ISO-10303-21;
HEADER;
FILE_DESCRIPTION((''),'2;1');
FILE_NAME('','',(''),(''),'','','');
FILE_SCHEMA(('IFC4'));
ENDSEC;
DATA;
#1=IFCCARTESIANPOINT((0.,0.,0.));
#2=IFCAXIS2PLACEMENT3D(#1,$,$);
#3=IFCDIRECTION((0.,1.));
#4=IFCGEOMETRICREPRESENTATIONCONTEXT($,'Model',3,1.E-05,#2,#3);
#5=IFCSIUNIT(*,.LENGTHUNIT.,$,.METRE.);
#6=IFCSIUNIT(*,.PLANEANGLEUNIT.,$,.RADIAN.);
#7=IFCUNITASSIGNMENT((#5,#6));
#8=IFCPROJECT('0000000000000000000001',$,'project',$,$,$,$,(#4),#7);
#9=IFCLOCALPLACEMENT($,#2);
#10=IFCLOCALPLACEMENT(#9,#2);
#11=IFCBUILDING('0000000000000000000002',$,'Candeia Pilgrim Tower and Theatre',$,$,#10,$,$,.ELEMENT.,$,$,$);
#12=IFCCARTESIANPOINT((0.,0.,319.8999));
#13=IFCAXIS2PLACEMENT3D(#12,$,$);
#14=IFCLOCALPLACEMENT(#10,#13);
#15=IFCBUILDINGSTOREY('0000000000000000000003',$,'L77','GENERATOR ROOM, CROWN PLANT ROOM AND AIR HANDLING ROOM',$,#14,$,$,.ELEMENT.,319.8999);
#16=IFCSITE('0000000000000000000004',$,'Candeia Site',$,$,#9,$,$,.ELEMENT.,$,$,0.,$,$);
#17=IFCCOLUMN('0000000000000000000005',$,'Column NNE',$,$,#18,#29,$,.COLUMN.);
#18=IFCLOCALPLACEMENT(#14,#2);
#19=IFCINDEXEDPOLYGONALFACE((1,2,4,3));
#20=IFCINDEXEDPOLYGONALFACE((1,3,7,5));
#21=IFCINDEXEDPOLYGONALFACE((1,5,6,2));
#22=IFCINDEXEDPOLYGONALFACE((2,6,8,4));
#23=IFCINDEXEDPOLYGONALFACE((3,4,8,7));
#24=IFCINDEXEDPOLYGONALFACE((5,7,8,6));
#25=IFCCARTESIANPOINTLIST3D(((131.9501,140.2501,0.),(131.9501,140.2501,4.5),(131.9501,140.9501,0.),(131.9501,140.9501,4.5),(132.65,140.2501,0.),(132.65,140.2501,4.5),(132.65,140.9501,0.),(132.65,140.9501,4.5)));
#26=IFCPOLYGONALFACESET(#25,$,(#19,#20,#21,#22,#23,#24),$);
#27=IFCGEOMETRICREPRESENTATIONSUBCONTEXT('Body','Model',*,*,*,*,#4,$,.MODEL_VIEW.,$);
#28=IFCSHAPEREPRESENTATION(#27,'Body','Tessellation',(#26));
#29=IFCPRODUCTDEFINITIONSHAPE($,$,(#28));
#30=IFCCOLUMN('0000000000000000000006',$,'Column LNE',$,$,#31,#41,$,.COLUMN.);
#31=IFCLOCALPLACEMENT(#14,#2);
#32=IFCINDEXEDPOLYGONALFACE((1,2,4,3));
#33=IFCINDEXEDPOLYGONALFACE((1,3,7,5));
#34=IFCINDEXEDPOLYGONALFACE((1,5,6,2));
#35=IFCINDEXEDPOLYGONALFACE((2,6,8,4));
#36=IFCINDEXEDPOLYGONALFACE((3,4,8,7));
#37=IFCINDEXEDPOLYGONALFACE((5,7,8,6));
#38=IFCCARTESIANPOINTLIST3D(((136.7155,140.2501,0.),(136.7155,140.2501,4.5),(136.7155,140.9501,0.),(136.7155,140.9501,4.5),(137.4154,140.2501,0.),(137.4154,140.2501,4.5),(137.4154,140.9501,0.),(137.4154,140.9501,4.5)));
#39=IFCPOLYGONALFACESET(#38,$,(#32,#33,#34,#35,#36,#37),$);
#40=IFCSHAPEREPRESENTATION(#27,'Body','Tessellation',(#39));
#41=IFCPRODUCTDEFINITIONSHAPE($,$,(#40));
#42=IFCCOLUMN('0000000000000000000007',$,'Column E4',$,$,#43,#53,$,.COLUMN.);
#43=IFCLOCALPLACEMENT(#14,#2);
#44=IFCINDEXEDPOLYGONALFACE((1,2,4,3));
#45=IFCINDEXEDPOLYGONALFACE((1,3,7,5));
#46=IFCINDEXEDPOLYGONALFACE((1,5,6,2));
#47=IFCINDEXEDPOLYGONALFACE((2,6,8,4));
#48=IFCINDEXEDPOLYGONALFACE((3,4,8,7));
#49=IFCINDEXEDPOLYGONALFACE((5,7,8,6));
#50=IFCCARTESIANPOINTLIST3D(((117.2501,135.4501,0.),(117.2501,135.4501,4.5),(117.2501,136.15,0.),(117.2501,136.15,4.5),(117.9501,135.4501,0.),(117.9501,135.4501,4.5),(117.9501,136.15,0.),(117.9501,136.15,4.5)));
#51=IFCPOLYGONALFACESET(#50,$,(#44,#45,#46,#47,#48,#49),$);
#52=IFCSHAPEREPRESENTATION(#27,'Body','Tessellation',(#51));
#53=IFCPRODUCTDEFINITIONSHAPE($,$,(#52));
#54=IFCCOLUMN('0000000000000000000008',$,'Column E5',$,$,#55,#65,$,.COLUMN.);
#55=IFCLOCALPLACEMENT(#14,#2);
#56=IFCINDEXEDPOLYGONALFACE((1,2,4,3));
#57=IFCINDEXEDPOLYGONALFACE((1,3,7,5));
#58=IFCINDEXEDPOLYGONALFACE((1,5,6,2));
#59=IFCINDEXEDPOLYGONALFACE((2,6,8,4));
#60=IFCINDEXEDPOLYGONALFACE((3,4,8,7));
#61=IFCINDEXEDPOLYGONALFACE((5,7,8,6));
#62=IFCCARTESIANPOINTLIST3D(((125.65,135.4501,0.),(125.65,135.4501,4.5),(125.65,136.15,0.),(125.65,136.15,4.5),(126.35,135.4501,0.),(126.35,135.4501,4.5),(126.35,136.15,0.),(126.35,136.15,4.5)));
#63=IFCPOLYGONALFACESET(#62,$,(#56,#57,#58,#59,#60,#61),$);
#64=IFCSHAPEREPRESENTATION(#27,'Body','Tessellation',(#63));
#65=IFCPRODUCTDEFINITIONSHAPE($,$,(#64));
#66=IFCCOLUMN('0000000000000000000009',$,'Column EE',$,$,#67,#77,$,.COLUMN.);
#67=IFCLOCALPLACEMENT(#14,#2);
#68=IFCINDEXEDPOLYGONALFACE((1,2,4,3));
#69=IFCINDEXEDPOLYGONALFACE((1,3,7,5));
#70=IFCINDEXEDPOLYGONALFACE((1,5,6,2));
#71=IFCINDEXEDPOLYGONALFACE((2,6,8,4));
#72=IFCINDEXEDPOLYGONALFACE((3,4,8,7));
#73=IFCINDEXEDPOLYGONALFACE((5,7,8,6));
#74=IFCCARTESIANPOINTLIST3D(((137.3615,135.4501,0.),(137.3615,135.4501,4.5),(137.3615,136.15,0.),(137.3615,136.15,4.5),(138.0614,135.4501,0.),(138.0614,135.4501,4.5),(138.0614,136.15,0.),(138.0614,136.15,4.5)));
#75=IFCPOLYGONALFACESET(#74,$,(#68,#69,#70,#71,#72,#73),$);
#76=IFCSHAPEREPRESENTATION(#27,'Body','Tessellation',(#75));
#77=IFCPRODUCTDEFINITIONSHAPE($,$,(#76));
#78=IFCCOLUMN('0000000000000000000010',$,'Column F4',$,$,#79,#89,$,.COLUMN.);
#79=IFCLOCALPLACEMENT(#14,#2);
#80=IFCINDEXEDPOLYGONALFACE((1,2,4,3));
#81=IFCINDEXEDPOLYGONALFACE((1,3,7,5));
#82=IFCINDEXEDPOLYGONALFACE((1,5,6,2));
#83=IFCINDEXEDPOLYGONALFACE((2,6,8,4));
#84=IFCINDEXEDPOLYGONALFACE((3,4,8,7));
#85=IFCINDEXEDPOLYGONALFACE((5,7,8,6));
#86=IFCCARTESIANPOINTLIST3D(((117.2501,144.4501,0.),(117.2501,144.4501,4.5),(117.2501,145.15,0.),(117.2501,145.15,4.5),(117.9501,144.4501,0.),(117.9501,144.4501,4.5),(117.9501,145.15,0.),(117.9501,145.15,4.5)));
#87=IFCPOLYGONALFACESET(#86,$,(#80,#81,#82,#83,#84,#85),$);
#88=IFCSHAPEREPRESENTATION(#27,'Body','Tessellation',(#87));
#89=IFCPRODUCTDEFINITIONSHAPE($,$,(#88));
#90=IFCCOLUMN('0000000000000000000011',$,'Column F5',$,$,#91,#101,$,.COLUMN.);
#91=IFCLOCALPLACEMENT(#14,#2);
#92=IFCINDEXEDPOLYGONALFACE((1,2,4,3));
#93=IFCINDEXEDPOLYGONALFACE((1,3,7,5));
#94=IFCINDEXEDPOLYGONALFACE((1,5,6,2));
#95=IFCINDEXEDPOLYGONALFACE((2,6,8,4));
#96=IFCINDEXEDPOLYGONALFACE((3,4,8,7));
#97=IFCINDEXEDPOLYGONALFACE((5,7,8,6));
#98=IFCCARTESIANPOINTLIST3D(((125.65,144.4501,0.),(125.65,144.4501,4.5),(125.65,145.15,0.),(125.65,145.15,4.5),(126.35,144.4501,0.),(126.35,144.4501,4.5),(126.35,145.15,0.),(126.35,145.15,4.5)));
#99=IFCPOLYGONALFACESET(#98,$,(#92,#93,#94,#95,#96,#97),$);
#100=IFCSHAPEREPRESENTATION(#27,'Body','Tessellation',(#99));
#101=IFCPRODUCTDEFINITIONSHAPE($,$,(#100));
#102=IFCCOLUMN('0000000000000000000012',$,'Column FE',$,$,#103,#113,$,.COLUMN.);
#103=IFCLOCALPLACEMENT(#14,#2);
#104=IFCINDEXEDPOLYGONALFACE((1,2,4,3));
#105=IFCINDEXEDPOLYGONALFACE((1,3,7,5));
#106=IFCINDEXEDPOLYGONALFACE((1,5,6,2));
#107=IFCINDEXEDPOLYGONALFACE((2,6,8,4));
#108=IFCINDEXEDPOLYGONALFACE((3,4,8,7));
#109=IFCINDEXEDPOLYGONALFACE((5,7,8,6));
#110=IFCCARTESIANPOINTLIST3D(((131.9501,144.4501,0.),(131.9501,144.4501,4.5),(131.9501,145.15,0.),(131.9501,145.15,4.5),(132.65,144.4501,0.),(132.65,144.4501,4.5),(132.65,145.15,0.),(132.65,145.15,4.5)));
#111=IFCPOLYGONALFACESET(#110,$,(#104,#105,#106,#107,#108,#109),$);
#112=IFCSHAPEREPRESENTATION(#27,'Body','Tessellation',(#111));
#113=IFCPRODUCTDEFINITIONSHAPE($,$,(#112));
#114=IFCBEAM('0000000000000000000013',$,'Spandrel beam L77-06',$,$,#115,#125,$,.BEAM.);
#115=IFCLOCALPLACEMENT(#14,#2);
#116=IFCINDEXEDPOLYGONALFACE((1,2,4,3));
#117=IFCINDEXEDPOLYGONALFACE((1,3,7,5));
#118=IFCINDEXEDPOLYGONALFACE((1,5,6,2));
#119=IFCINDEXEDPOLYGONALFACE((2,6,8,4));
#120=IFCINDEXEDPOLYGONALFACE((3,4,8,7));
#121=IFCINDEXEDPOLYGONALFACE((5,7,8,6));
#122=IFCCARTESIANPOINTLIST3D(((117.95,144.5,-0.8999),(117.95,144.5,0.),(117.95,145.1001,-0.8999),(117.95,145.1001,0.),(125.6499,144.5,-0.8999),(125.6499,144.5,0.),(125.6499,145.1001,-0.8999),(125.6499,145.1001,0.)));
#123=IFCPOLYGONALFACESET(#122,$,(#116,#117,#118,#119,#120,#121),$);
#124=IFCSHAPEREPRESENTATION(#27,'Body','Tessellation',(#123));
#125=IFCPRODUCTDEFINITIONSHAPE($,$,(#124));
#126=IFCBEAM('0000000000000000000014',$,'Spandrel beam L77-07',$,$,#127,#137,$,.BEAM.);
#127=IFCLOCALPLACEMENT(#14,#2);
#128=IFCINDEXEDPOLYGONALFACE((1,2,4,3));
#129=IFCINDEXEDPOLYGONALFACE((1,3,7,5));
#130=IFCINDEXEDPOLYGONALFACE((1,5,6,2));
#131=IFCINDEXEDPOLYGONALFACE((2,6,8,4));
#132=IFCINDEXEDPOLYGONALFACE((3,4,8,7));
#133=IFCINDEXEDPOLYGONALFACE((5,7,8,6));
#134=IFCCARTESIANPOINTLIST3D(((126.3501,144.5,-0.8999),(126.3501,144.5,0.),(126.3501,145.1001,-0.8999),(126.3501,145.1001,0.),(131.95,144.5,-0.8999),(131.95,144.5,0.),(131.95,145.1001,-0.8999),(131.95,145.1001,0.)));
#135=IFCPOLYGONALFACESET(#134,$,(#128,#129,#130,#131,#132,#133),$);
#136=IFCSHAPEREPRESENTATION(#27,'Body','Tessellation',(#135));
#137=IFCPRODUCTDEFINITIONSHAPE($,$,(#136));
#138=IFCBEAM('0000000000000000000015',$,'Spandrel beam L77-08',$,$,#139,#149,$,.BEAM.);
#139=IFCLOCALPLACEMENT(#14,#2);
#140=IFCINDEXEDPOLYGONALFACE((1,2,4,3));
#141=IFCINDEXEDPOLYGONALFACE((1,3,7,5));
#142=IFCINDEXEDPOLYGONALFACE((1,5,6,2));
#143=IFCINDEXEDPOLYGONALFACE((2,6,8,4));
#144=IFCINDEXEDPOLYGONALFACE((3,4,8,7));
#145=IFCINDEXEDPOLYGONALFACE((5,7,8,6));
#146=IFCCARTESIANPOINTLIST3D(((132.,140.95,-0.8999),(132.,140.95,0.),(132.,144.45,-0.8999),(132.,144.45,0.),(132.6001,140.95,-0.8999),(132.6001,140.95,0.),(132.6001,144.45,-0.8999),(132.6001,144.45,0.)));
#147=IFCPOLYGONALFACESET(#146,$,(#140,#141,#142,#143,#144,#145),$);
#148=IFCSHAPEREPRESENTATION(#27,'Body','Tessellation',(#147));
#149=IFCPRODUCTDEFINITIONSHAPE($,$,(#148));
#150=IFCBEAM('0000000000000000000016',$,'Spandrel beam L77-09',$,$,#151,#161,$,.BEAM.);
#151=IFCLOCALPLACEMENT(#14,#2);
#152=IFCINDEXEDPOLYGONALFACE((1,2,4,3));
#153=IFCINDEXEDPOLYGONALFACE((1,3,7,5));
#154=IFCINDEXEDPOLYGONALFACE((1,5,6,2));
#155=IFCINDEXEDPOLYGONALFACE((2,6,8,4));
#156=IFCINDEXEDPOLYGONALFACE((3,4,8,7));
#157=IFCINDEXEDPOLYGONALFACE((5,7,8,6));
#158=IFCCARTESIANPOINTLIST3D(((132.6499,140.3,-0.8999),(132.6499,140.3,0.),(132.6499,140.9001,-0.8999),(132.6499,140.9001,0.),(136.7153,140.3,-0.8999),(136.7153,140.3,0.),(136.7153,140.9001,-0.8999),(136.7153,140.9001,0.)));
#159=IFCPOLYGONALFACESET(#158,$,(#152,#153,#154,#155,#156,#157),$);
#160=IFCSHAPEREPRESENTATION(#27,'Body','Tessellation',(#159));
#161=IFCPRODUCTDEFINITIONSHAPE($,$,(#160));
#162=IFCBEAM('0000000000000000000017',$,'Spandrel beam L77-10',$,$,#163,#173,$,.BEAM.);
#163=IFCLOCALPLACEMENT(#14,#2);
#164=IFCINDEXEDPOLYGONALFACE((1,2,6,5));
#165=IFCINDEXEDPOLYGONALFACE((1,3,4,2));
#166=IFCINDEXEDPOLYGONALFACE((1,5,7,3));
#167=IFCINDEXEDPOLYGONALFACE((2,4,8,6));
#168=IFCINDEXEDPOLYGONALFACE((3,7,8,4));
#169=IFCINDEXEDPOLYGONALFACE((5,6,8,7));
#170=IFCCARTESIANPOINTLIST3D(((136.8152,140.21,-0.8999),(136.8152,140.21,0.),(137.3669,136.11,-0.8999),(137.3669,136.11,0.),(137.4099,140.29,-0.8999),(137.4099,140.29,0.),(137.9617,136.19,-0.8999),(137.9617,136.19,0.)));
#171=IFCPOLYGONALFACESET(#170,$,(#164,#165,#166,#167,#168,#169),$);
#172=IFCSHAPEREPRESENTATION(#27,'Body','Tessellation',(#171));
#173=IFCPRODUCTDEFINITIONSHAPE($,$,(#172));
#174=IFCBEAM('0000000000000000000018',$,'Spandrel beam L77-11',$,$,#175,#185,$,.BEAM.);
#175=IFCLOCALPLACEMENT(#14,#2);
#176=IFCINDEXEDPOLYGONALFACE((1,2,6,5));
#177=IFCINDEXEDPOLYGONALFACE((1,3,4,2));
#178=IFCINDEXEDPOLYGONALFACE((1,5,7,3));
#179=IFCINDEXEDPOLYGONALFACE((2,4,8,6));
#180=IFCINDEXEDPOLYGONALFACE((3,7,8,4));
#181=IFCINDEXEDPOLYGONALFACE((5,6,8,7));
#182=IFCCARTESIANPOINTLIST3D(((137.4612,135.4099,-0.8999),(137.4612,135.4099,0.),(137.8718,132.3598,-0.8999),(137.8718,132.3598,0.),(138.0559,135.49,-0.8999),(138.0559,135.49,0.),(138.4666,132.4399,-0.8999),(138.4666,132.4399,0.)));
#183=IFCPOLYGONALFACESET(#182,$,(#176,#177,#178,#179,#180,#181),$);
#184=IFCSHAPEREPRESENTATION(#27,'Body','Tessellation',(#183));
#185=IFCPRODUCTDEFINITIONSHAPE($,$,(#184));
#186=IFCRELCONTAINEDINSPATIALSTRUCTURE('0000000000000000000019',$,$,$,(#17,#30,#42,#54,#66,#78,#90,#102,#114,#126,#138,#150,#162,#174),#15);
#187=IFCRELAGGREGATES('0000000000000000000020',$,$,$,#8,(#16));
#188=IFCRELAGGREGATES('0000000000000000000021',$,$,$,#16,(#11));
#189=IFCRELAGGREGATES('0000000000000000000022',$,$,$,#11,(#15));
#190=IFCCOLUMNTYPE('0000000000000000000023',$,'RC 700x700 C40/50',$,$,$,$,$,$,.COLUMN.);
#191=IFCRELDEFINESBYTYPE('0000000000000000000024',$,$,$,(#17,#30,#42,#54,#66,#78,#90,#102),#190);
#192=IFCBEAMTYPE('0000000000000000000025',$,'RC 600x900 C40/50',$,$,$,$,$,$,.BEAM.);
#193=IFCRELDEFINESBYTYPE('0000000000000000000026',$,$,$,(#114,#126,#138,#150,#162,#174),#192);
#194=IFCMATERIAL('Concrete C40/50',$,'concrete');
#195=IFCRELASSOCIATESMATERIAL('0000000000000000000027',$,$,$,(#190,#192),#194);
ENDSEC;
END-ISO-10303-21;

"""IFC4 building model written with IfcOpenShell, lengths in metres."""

from ifc_helpers import new_model, si_unit, direction, frame, origin, origin_2d, place, context, subcontext, project, spatial, rectangle, extrude, material, material_profile, profile_set, type_object, element, save


model = new_model("IFC4")

# Units and contexts
model_context = context("Model", 3, precision=1e-05, world=origin(), true_north=direction((0.0, 1.0)))
body_context = subcontext(model_context, "Body", "Model", "MODEL_VIEW")
ifc_project = project(units=[si_unit("LENGTHUNIT", "METRE"), si_unit("PLANEANGLEUNIT", "RADIAN")], contexts=[model_context])

# Site, building, storey
site_placement = place(None, origin())
site = spatial("IfcSite", under=ifc_project, at=site_placement, Name="Candeia Site", CompositionType="ELEMENT", RefElevation=0.0)
building_placement = place(site_placement, origin())
building = spatial("IfcBuilding", under=site, at=building_placement, Name="Candeia Pilgrim Tower and Theatre", CompositionType="ELEMENT")
storey_placement = place(building_placement, frame((0.0, 0.0, 319.8999)))
storey = spatial("IfcBuildingStorey", under=building, at=storey_placement, Name="L77", Description="GENERATOR ROOM, CROWN PLANT ROOM AND AIR HANDLING ROOM", CompositionType="ELEMENT", Elevation=319.8999)

# Columns
ifc_material_1 = material(Name="Concrete C40/50", Category="concrete")
ifc_material_profile_1 = material_profile(ifc_material_1, rectangle(XDim=0.7, YDim=0.7, at=origin_2d()))
ifc_profile_set_1 = profile_set([ifc_material_profile_1], Name="Concrete C40/50")
column_type = type_object("IfcColumnType", Name="RC 700x700 C40/50", PredefinedType="COLUMN", material=ifc_profile_set_1)
for number, where, z_axis, x_axis, name in (
    (1, (132.3, 140.6001, 0.0), (0.0, 0.0, 1.0), (1.0, 0.0, 0.0), "Column NNE"),
    (2, (137.0654, 140.6001, 0.0), (0.0, 0.0, 1.0), (1.0, 0.0, 0.0), "Column LNE"),
    (3, (117.6001, 135.8, 0.0), (0.0, 0.0, 1.0), (1.0, 0.0, 0.0), "Column E4"),
    (4, (126.0, 135.8, 0.0), (0.0, 0.0, 1.0), (1.0, 0.0, 0.0), "Column E5"),
    (5, (137.7114, 135.8, 0.0), (0.0, 0.0, 1.0), (1.0, 0.0, 0.0), "Column EE"),
    (6, (117.6001, 144.8, 0.0), (0.0, 0.0, 1.0), (1.0, 0.0, 0.0), "Column F4"),
    (7, (126.0, 144.8, 0.0), (0.0, 0.0, 1.0), (1.0, 0.0, 0.0), "Column F5"),
    (8, (132.3, 144.8, 0.0), (0.0, 0.0, 1.0), (1.0, 0.0, 0.0), "Column FE"),
):
    element("IfcColumn", number, at=place(storey_placement, frame(where, z_axis=z_axis, x_axis=x_axis)), inside=storey, type_object=column_type, Name=name, PredefinedType="COLUMN", context=body_context, shape_type="SweptSolid", body=[
        extrude(rectangle(XDim=0.7, YDim=0.7, at=origin_2d()), origin(), (0.0, 0.0, 1.0), 4.5),
    ])

# Beams
ifc_material_profile_2 = material_profile(ifc_material_1, rectangle(XDim=0.6001, YDim=0.8999, at=origin_2d()))
ifc_profile_set_2 = profile_set([ifc_material_profile_2], Name="Concrete C40/50")
beam_type_1 = type_object("IfcBeamType", Name="RC 600x900 C40/50", PredefinedType="BEAM", material=ifc_profile_set_2)
beam_1_placement = place(storey_placement, frame((117.95, 144.8, -0.45), z_axis=(1.0, 0.0, 0.0), x_axis=(0.0, 1.0, 0.0)))
element("IfcBeam", 9, at=beam_1_placement, inside=storey, type_object=beam_type_1, Name="Spandrel beam L77-06", PredefinedType="BEAM", context=body_context, shape_type="SweptSolid", body=[
    extrude(rectangle(XDim=0.6001, YDim=0.8999, at=origin_2d()), origin(), (0.0, 0.0, 1.0), 7.7),
])
beam_2_placement = place(storey_placement, frame((126.3501, 144.8, -0.45), z_axis=(1.0, 0.0, 0.0), x_axis=(0.0, 1.0, 0.0)))
element("IfcBeam", 10, at=beam_2_placement, inside=storey, type_object=beam_type_1, Name="Spandrel beam L77-07", PredefinedType="BEAM", context=body_context, shape_type="SweptSolid", body=[
    extrude(rectangle(XDim=0.6001, YDim=0.8999, at=origin_2d()), origin(), (0.0, 0.0, 1.0), 5.5999),
])
beam_3_placement = place(storey_placement, frame((132.3, 144.45, -0.45), z_axis=(0.0, -1.0, 0.0), x_axis=(1.0, 0.0, 0.0)))
element("IfcBeam", 11, at=beam_3_placement, inside=storey, type_object=beam_type_1, Name="Spandrel beam L77-08", PredefinedType="BEAM", context=body_context, shape_type="SweptSolid", body=[
    extrude(rectangle(XDim=0.6001, YDim=0.8999, at=origin_2d()), origin(), (0.0, 0.0, 1.0), 3.5),
])
beam_4_placement = place(storey_placement, frame((132.6499, 140.6001, -0.45), z_axis=(1.0, 0.0, 0.0), x_axis=(0.0, 1.0, 0.0)))
element("IfcBeam", 12, at=beam_4_placement, inside=storey, type_object=beam_type_1, Name="Spandrel beam L77-09", PredefinedType="BEAM", context=body_context, shape_type="SweptSolid", body=[
    extrude(rectangle(XDim=0.6001, YDim=0.8999, at=origin_2d()), origin(), (0.0, 0.0, 1.0), 4.0654),
])
beam_5_placement = place(storey_placement, frame((137.1125, 140.25, -0.45), z_axis=(0.13337, -0.991066, 0.0), x_axis=(0.991066, 0.13337, 0.0)))
element("IfcBeam", 13, at=beam_5_placement, inside=storey, type_object=beam_type_1, Name="Spandrel beam L77-10", PredefinedType="BEAM", context=body_context, shape_type="SweptSolid", body=[
    extrude(rectangle(XDim=0.6001, YDim=0.8999, at=origin_2d()), origin(), (0.0, 0.0, 1.0), 4.137),
])
beam_6_placement = place(storey_placement, frame((137.7585, 135.45, -0.45), z_axis=(0.133431, -0.991058, 0.0), x_axis=(0.991058, 0.133431, 0.0)))
element("IfcBeam", 14, at=beam_6_placement, inside=storey, type_object=beam_type_1, Name="Spandrel beam L77-11", PredefinedType="BEAM", context=body_context, shape_type="SweptSolid", body=[
    extrude(rectangle(XDim=0.6001, YDim=0.8999, at=origin_2d()), origin(), (0.0, 0.0, 1.0), 3.0776),
])

save(model, "model.ifc")
